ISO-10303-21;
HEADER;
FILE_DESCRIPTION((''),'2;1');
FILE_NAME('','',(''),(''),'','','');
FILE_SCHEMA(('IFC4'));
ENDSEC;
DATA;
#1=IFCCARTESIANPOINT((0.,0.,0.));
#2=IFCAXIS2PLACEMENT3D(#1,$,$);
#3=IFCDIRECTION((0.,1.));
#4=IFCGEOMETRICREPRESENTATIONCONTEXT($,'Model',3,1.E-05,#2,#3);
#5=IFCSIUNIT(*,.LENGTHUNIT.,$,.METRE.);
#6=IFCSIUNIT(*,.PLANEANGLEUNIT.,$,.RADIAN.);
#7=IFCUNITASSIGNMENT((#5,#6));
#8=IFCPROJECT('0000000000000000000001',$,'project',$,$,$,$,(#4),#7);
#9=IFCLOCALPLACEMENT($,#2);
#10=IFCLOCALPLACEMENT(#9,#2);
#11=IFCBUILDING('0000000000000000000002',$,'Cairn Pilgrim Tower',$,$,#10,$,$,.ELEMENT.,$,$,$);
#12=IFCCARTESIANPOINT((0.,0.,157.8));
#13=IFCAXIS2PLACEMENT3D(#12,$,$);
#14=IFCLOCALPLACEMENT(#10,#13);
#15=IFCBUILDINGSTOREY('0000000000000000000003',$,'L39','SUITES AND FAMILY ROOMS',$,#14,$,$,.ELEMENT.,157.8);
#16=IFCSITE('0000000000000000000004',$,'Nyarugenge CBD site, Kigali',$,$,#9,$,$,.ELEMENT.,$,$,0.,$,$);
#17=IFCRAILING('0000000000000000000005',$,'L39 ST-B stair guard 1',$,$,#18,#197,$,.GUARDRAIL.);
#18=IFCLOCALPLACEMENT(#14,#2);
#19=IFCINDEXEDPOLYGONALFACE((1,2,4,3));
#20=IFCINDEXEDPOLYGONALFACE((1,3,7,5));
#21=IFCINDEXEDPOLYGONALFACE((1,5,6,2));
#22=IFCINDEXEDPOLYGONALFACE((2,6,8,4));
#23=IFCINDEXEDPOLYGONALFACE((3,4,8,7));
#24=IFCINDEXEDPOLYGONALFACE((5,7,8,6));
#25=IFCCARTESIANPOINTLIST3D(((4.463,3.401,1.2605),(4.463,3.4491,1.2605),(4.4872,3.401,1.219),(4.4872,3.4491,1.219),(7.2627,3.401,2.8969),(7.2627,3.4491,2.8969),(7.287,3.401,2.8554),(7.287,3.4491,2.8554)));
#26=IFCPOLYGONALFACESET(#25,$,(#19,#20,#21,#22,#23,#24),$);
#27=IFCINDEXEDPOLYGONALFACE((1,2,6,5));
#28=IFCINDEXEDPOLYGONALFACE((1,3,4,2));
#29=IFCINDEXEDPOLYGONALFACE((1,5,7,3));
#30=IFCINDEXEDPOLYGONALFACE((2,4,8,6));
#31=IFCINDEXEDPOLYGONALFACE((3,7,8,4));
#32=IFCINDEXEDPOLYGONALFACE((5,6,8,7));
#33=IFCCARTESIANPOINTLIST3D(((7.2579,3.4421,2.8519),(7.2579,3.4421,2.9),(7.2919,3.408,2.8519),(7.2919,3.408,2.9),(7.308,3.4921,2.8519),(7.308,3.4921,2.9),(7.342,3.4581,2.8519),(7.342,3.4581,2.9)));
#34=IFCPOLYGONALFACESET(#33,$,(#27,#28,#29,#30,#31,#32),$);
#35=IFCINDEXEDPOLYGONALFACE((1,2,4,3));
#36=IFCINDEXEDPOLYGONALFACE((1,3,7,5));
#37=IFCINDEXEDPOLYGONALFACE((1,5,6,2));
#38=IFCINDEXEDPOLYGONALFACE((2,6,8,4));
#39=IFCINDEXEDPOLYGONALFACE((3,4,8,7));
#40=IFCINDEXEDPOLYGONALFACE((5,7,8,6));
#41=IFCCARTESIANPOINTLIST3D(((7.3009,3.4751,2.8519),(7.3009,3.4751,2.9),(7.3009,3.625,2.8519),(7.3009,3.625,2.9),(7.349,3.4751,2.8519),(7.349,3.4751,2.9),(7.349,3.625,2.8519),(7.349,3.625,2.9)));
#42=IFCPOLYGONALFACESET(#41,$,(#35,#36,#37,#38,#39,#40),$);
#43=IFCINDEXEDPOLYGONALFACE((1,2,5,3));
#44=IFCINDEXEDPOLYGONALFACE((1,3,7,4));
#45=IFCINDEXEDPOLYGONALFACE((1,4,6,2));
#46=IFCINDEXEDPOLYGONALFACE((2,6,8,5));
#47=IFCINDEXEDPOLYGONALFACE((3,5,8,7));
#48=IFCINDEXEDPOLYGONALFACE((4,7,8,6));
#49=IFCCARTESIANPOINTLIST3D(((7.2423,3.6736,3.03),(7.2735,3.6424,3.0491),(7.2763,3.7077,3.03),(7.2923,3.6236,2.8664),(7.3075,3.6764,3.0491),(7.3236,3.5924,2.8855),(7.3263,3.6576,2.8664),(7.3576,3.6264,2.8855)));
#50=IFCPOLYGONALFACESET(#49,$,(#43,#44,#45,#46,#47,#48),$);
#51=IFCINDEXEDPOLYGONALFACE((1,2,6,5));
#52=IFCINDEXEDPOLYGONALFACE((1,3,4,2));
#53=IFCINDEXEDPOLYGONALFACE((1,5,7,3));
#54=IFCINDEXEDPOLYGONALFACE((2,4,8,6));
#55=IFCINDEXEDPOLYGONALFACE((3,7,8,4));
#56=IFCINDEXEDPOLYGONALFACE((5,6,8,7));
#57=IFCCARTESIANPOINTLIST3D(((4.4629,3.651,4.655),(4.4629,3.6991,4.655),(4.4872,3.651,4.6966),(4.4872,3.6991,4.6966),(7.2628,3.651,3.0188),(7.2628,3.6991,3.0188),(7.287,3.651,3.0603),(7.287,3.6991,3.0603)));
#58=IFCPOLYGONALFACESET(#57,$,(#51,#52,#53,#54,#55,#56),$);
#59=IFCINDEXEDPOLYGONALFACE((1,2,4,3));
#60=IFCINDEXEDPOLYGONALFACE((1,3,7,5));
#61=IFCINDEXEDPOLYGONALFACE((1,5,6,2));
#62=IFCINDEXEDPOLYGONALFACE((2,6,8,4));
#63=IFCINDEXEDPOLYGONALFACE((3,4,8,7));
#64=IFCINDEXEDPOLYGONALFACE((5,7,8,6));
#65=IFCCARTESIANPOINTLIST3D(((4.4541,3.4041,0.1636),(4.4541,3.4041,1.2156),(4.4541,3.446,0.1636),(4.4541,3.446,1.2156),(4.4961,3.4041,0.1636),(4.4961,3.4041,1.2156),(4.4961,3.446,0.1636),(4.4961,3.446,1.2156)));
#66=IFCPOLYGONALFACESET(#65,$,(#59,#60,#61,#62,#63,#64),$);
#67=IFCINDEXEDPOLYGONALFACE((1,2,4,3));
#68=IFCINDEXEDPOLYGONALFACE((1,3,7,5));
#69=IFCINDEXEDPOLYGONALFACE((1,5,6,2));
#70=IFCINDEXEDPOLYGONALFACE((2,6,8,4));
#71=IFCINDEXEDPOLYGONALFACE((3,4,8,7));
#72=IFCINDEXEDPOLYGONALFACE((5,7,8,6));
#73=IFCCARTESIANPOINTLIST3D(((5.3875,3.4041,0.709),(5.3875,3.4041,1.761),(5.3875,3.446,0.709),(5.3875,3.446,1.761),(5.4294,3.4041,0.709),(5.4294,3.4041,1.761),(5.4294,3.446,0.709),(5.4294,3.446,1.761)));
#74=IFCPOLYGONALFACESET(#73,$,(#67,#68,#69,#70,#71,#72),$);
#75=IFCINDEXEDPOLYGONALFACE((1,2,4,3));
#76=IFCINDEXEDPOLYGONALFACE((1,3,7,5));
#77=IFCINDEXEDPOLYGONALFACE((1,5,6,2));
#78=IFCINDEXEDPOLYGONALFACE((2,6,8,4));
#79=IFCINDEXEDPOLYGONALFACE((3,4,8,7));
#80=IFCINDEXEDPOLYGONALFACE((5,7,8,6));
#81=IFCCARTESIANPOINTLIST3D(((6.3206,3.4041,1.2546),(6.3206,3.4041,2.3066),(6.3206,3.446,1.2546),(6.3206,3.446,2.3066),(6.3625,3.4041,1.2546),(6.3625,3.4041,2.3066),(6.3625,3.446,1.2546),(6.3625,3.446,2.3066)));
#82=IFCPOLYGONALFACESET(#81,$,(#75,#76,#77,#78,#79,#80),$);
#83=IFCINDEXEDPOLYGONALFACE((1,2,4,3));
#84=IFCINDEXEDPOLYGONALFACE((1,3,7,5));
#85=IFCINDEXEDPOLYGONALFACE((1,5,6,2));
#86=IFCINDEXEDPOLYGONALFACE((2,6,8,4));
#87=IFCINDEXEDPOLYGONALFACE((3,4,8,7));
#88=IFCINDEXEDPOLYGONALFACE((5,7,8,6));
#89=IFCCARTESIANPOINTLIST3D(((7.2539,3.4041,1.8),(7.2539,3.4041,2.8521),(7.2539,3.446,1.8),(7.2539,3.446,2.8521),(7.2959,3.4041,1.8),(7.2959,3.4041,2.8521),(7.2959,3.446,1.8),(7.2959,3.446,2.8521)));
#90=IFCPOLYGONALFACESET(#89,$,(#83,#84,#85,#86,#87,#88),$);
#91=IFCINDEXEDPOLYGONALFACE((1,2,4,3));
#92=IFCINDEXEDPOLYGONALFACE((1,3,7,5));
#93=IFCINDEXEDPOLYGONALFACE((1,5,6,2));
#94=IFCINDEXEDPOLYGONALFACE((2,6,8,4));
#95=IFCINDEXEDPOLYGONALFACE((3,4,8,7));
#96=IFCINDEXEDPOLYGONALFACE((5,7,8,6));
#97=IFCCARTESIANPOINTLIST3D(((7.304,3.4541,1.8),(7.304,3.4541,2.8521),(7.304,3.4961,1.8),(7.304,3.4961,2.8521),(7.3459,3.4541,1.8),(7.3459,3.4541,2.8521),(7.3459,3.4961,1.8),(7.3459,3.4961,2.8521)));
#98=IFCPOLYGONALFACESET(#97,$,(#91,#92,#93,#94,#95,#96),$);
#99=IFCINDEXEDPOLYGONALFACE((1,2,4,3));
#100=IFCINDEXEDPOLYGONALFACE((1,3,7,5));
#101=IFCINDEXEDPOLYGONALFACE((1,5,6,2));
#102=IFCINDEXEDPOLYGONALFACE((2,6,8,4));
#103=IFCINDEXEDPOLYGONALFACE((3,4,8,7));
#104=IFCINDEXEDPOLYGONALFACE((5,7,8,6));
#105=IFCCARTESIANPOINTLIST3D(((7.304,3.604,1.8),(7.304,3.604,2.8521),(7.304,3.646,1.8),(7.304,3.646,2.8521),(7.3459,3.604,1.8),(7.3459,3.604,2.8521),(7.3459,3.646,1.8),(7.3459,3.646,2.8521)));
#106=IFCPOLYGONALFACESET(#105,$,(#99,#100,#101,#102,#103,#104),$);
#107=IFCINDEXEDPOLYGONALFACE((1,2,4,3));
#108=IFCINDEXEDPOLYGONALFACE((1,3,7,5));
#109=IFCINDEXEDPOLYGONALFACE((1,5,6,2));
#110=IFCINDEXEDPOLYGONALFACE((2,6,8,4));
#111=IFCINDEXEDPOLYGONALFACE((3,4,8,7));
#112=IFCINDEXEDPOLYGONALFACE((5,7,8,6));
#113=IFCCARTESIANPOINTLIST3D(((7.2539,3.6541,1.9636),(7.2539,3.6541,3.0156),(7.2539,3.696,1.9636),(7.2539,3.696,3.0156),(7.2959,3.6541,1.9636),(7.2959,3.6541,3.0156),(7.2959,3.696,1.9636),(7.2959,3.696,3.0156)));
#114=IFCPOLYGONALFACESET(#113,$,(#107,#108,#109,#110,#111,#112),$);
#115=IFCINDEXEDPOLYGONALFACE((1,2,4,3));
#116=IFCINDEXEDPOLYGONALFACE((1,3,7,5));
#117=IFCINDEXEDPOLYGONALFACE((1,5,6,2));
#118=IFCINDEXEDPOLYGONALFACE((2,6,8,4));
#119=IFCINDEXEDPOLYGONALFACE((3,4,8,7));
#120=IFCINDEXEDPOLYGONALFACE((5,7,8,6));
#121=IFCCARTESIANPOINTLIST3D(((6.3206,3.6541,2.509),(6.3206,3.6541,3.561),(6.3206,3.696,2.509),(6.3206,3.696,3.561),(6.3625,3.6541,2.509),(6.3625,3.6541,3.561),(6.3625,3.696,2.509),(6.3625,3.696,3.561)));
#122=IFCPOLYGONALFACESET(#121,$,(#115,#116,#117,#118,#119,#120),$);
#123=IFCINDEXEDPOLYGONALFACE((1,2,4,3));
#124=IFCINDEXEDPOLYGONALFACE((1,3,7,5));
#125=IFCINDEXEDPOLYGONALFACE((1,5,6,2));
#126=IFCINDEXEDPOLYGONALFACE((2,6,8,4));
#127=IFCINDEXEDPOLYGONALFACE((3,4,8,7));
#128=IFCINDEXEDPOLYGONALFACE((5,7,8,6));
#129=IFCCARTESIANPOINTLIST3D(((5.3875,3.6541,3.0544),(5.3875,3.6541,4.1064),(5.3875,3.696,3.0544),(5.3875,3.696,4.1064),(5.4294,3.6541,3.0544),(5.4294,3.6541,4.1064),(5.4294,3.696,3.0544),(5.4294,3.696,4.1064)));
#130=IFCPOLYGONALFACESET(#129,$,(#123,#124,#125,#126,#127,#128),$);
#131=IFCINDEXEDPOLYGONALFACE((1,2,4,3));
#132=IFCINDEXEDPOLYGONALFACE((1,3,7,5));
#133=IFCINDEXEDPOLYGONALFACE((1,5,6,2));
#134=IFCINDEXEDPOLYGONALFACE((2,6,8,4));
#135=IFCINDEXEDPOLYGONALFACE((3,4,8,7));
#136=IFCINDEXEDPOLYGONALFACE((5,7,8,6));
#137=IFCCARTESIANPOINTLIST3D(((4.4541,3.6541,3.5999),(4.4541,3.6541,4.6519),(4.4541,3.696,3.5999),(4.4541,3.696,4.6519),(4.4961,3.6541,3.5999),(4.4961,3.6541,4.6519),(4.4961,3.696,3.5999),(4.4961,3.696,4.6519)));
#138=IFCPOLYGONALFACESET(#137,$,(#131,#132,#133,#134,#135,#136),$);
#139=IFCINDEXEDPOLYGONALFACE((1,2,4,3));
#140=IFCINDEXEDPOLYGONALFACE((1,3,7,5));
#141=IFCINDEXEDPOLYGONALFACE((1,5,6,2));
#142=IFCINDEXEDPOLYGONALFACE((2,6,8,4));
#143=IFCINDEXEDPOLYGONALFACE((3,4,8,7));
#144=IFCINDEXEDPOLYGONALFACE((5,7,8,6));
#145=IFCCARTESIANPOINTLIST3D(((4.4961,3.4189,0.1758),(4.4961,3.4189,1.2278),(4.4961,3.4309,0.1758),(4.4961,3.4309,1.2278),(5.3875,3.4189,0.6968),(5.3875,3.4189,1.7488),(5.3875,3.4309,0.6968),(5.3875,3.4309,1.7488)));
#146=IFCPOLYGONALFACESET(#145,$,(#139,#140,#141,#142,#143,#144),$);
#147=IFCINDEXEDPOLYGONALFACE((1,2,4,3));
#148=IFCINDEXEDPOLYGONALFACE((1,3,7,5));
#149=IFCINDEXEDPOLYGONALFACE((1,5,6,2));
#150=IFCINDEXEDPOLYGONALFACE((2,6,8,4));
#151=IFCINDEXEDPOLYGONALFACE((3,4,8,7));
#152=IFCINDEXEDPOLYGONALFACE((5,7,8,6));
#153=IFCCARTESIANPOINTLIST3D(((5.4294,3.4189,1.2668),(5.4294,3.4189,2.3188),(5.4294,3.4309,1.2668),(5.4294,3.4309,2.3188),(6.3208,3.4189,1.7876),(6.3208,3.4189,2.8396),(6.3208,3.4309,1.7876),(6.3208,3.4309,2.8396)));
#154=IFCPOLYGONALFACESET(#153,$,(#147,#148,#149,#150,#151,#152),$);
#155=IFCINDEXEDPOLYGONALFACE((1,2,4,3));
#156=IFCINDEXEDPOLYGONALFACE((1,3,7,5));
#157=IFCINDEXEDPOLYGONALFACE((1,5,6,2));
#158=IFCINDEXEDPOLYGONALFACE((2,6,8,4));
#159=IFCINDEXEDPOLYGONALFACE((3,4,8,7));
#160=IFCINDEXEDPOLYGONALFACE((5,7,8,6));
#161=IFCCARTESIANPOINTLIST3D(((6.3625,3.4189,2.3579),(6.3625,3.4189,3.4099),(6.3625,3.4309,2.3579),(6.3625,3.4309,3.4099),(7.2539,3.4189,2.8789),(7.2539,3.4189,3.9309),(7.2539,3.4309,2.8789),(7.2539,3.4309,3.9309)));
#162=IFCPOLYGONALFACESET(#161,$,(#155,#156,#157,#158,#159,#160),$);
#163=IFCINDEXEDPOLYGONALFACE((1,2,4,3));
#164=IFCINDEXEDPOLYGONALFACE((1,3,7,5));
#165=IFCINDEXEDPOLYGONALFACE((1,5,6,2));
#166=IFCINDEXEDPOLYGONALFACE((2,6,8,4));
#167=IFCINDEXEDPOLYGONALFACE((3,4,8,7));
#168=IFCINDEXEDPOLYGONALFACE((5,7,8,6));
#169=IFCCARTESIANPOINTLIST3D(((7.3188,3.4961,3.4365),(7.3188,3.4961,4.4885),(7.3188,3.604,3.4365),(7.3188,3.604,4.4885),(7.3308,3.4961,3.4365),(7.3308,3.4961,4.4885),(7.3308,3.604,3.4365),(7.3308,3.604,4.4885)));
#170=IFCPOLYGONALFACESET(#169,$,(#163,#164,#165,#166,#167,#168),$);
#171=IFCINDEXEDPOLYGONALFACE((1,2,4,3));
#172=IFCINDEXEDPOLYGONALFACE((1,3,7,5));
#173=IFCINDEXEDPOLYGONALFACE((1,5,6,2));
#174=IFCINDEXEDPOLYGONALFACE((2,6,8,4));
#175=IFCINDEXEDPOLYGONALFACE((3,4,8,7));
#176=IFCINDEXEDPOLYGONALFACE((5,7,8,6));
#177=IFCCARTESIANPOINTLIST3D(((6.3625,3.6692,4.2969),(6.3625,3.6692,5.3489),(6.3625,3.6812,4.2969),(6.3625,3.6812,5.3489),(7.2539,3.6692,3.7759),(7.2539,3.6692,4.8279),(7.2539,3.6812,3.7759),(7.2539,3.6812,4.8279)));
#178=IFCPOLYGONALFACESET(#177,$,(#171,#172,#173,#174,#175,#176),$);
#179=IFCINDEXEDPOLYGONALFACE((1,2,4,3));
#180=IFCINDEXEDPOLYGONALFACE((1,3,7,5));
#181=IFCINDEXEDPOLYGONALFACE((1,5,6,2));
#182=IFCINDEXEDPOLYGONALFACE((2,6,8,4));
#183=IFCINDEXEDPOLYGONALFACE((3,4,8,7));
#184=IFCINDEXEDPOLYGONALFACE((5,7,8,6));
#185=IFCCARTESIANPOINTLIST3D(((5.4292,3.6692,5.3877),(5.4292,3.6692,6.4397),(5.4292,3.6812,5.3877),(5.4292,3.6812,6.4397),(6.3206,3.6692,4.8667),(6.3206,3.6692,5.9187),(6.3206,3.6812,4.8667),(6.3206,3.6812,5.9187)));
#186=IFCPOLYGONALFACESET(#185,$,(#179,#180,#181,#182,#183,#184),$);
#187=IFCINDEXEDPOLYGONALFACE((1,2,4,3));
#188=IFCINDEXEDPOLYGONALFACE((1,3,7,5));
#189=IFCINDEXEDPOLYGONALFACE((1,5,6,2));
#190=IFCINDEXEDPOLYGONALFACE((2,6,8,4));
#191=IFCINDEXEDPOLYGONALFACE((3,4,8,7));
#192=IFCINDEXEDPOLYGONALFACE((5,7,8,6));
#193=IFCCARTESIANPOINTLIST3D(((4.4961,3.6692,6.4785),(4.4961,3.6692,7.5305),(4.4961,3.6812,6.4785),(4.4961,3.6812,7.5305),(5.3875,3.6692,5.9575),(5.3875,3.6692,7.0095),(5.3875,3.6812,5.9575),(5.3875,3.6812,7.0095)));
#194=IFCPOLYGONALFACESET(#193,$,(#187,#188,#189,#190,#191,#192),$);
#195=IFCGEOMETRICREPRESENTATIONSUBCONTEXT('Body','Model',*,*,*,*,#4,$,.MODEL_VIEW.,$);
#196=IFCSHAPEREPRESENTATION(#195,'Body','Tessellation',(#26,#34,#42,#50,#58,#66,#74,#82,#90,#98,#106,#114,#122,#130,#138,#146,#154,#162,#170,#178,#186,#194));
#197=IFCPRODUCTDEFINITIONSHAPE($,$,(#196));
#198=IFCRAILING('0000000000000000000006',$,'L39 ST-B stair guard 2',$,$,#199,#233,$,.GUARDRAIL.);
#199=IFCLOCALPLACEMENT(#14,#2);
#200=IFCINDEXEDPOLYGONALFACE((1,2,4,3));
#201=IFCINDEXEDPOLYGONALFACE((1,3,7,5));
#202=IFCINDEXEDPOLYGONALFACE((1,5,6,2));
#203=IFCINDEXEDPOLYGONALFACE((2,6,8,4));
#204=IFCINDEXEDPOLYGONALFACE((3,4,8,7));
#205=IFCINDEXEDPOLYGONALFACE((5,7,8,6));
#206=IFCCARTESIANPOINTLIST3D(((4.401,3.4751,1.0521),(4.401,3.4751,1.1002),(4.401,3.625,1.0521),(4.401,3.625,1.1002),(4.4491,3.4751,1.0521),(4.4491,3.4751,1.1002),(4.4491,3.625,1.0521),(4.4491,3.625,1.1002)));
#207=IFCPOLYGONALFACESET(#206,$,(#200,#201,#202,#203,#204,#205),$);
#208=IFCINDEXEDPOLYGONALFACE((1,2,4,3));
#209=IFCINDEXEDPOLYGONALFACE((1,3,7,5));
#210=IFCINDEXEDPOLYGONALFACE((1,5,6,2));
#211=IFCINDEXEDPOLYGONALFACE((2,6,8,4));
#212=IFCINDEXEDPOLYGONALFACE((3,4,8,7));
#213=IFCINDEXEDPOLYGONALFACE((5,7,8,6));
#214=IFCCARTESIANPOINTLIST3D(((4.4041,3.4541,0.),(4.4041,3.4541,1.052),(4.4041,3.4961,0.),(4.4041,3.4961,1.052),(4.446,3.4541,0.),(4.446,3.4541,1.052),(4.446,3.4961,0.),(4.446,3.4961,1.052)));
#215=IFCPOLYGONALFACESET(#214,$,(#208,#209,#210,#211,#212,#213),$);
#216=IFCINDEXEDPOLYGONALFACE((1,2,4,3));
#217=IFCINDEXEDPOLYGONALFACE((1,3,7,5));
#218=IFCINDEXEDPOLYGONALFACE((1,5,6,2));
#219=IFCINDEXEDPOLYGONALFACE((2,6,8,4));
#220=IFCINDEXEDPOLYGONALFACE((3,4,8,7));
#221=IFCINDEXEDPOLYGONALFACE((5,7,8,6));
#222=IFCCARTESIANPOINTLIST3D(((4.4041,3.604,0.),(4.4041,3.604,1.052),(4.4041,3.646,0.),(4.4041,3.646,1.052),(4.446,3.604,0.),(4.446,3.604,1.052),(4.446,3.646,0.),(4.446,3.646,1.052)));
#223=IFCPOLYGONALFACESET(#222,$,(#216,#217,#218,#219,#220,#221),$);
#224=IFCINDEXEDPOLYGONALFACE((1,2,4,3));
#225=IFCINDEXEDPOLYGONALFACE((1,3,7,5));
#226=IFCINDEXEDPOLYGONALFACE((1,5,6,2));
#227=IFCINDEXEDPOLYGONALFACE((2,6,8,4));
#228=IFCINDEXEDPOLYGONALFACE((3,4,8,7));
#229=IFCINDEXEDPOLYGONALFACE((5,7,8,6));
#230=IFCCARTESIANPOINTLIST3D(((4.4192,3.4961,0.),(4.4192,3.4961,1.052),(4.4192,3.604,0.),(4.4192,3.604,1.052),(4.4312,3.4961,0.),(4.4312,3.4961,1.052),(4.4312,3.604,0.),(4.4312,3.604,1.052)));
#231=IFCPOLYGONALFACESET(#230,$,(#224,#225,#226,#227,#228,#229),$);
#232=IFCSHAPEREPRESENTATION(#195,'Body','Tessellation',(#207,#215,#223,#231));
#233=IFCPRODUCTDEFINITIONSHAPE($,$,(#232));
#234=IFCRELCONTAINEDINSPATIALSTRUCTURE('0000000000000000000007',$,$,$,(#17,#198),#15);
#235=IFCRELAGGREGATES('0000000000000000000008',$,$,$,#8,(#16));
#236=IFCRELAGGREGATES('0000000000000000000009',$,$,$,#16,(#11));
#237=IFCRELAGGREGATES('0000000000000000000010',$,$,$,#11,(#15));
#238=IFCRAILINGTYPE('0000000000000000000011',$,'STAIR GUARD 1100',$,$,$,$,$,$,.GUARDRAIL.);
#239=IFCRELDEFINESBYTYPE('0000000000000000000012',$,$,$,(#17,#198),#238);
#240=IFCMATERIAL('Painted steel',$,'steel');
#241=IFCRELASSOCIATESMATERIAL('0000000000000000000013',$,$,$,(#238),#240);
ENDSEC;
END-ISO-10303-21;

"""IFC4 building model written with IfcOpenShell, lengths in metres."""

from ifc_helpers import new_model, si_unit, direction, frame, origin, origin_2d, place, context, subcontext, project, spatial, polyline, rectangle, outline, extrude, material, type_object, element, save


model = new_model("IFC4")

# Units and contexts
model_context = context("Model", 3, precision=1e-05, world=origin(), true_north=direction((0.0, 1.0)))
body_context = subcontext(model_context, "Body", "Model", "MODEL_VIEW")
ifc_project = project(units=[si_unit("LENGTHUNIT", "METRE"), si_unit("PLANEANGLEUNIT", "RADIAN")], contexts=[model_context])

# Site, building, storey
site_placement = place(None, origin())
site = spatial("IfcSite", under=ifc_project, at=site_placement, Name="Nyarugenge CBD site, Kigali", CompositionType="ELEMENT", RefElevation=0.0)
building_placement = place(site_placement, origin())
building = spatial("IfcBuilding", under=site, at=building_placement, Name="Cairn Pilgrim Tower", CompositionType="ELEMENT")
storey_placement = place(building_placement, frame((0.0, 0.0, 157.8)))
storey = spatial("IfcBuildingStorey", under=building, at=storey_placement, Name="L39", Description="SUITES AND FAMILY ROOMS", CompositionType="ELEMENT", Elevation=157.8)

# Shared definitions
ifc_material_1 = material(Name="Painted steel", Category="steel")

# Railings
railing_type_1 = type_object("IfcRailingType", Name="STAIR GUARD 1100", PredefinedType="GUARDRAIL", material=ifc_material_1)
railing_1_placement = place(storey_placement, frame((4.4751, 3.425, 0.1636)))
element("IfcRailing", 1, at=railing_1_placement, inside=storey, type_object=railing_type_1, Name="L39 ST-B stair guard 1", PredefinedType="GUARDRAIL", context=body_context, shape_type="SweptSolid", body=[
    extrude(rectangle(XDim=0.0481, YDim=0.0481, at=origin_2d()), frame((0.0, 0.0, 1.0762), z_axis=(0.863342, 0.0, 0.50462), x_axis=(0.0, 1.0, 0.0)), (0.0, 0.0, 1.0), 3.2429),
    extrude(rectangle(XDim=0.0481, YDim=0.0481, at=origin_2d()), frame((2.7998, 0.0, 2.7124), z_axis=(0.707107, 0.707107, 0.0), x_axis=(-0.707107, 0.707107, 0.0)), (0.0, 0.0, 1.0), 0.0708),
    extrude(rectangle(XDim=0.0481, YDim=0.0481, at=origin_2d()), frame((2.8499, 0.05, 2.7124), z_axis=(0.0, 1.0, 0.0), x_axis=(-1.0, 0.0, 0.0)), (0.0, 0.0, 1.0), 0.1499),
    extrude(rectangle(XDim=0.0481, YDim=0.0481, at=origin_2d()), frame((2.8499, 0.2, 2.7124), z_axis=(-0.280809, 0.280809, 0.917765), x_axis=(-0.707107, -0.707107, 0.0)), (0.0, 0.0, 1.0), 0.1782),
    extrude(rectangle(XDim=0.0481, YDim=0.0481, at=origin_2d()), frame((2.7998, 0.25, 2.876), z_axis=(-0.863374, 0.0, 0.504564), x_axis=(0.0, -1.0, 0.0)), (0.0, 0.0, 1.0), 3.2429),
    extrude(rectangle(XDim=0.042, YDim=0.042, at=origin_2d()), origin(), (0.0, 0.0, 1.0), 1.052),
    extrude(rectangle(XDim=0.042, YDim=0.042, at=origin_2d()), frame((0.9333, 0.0, 0.5454)), (0.0, 0.0, 1.0), 1.052),
    extrude(rectangle(XDim=0.042, YDim=0.042, at=origin_2d()), frame((1.8665, 0.0, 1.0911)), (0.0, 0.0, 1.0), 1.052),
    extrude(rectangle(XDim=0.042, YDim=0.042, at=origin_2d()), frame((2.7998, 0.0, 1.6365)), (0.0, 0.0, 1.0), 1.052),
    extrude(rectangle(XDim=0.042, YDim=0.042, at=origin_2d()), frame((2.8499, 0.05, 1.6365)), (0.0, 0.0, 1.0), 1.052),
    extrude(rectangle(XDim=0.042, YDim=0.042, at=origin_2d()), frame((2.8499, 0.2, 1.6365)), (0.0, 0.0, 1.0), 1.052),
    extrude(rectangle(XDim=0.042, YDim=0.042, at=origin_2d()), frame((2.7998, 0.25, 1.8)), (0.0, 0.0, 1.0), 1.052),
    extrude(rectangle(XDim=0.042, YDim=0.042, at=origin_2d()), frame((1.8665, 0.25, 2.3455)), (0.0, 0.0, 1.0), 1.052),
    extrude(rectangle(XDim=0.042, YDim=0.042, at=origin_2d()), frame((0.9333, 0.25, 2.8909)), (0.0, 0.0, 1.0), 1.052),
    extrude(rectangle(XDim=0.042, YDim=0.042, at=origin_2d()), frame((0.0, 0.25, 3.4363)), (0.0, 0.0, 1.0), 1.052),
    extrude(outline(polyline([(0.021, 0.0122), (0.9124, 0.5332), (0.9124, 1.5852), (0.021, 1.0642), (0.021, 0.0122)])), frame((0.0, 0.0059, 0.0), z_axis=(0.0, -1.0, 0.0), x_axis=(1.0, 0.0, 0.0)), (0.0, 0.0, 1.0), 0.012),
    extrude(outline(polyline([(0.021, 0.5579), (0.9124, 1.0786), (0.9124, 2.1306), (0.021, 1.6099), (0.021, 0.5579)])), frame((0.9333, 0.0059, 0.5454), z_axis=(0.0, -1.0, 0.0), x_axis=(1.0, 0.0, 0.0)), (0.0, 0.0, 1.0), 0.012),
    extrude(outline(polyline([(0.021, 1.1033), (0.9124, 1.6243), (0.9124, 2.6763), (0.021, 2.1553), (0.021, 1.1033)])), frame((1.8665, 0.0059, 1.0911), z_axis=(0.0, -1.0, 0.0), x_axis=(1.0, 0.0, 0.0)), (0.0, 0.0, 1.0), 0.012),
    extrude(outline(polyline([(0.021, 1.6365), (0.1289, 1.6365), (0.1289, 2.6885), (0.021, 2.6885), (0.021, 1.6365)])), frame((2.8438, 0.05, 1.6365), z_axis=(1.0, 0.0, 0.0), x_axis=(0.0, 1.0, 0.0)), (0.0, 0.0, 1.0), 0.012),
    extrude(outline(polyline([(0.021, 1.8123), (0.9124, 2.3333), (0.9124, 3.3853), (0.021, 2.8643), (0.021, 1.8123)])), frame((2.7998, 0.2441, 1.8), z_axis=(0.0, 1.0, 0.0), x_axis=(-1.0, 0.0, 0.0)), (0.0, 0.0, 1.0), 0.012),
    extrude(outline(polyline([(0.021, 2.3577), (0.9124, 2.8787), (0.9124, 3.9307), (0.021, 3.4097), (0.021, 2.3577)])), frame((1.8665, 0.2441, 2.3455), z_axis=(0.0, 1.0, 0.0), x_axis=(-1.0, 0.0, 0.0)), (0.0, 0.0, 1.0), 0.012),
    extrude(outline(polyline([(0.021, 2.9031), (0.9124, 3.4241), (0.9124, 4.4761), (0.021, 3.9551), (0.021, 2.9031)])), frame((0.9333, 0.2441, 2.8909), z_axis=(0.0, 1.0, 0.0), x_axis=(-1.0, 0.0, 0.0)), (0.0, 0.0, 1.0), 0.012),
])
railing_2_placement = place(storey_placement, frame((4.425, 3.4751, 0.0)))
element("IfcRailing", 2, at=railing_2_placement, inside=storey, type_object=railing_type_1, Name="L39 ST-B stair guard 2", PredefinedType="GUARDRAIL", context=body_context, shape_type="SweptSolid", body=[
    extrude(rectangle(XDim=0.0481, YDim=0.0481, at=origin_2d()), frame((0.0, 0.0, 1.0762), z_axis=(0.0, 1.0, 0.0), x_axis=(-1.0, 0.0, 0.0)), (0.0, 0.0, 1.0), 0.1499),
    extrude(rectangle(XDim=0.042, YDim=0.042, at=origin_2d()), origin(), (0.0, 0.0, 1.0), 1.052),
    extrude(rectangle(XDim=0.042, YDim=0.042, at=origin_2d()), frame((0.0, 0.1499, 0.0)), (0.0, 0.0, 1.0), 1.052),
    extrude(outline(polyline([(0.021, 0.0), (0.1289, 0.0), (0.1289, 1.052), (0.021, 1.052), (0.021, 0.0)])), frame((-0.0059, 0.0, 0.0), z_axis=(1.0, 0.0, 0.0), x_axis=(0.0, 1.0, 0.0)), (0.0, 0.0, 1.0), 0.012),
])

save(model, "model.ifc")
